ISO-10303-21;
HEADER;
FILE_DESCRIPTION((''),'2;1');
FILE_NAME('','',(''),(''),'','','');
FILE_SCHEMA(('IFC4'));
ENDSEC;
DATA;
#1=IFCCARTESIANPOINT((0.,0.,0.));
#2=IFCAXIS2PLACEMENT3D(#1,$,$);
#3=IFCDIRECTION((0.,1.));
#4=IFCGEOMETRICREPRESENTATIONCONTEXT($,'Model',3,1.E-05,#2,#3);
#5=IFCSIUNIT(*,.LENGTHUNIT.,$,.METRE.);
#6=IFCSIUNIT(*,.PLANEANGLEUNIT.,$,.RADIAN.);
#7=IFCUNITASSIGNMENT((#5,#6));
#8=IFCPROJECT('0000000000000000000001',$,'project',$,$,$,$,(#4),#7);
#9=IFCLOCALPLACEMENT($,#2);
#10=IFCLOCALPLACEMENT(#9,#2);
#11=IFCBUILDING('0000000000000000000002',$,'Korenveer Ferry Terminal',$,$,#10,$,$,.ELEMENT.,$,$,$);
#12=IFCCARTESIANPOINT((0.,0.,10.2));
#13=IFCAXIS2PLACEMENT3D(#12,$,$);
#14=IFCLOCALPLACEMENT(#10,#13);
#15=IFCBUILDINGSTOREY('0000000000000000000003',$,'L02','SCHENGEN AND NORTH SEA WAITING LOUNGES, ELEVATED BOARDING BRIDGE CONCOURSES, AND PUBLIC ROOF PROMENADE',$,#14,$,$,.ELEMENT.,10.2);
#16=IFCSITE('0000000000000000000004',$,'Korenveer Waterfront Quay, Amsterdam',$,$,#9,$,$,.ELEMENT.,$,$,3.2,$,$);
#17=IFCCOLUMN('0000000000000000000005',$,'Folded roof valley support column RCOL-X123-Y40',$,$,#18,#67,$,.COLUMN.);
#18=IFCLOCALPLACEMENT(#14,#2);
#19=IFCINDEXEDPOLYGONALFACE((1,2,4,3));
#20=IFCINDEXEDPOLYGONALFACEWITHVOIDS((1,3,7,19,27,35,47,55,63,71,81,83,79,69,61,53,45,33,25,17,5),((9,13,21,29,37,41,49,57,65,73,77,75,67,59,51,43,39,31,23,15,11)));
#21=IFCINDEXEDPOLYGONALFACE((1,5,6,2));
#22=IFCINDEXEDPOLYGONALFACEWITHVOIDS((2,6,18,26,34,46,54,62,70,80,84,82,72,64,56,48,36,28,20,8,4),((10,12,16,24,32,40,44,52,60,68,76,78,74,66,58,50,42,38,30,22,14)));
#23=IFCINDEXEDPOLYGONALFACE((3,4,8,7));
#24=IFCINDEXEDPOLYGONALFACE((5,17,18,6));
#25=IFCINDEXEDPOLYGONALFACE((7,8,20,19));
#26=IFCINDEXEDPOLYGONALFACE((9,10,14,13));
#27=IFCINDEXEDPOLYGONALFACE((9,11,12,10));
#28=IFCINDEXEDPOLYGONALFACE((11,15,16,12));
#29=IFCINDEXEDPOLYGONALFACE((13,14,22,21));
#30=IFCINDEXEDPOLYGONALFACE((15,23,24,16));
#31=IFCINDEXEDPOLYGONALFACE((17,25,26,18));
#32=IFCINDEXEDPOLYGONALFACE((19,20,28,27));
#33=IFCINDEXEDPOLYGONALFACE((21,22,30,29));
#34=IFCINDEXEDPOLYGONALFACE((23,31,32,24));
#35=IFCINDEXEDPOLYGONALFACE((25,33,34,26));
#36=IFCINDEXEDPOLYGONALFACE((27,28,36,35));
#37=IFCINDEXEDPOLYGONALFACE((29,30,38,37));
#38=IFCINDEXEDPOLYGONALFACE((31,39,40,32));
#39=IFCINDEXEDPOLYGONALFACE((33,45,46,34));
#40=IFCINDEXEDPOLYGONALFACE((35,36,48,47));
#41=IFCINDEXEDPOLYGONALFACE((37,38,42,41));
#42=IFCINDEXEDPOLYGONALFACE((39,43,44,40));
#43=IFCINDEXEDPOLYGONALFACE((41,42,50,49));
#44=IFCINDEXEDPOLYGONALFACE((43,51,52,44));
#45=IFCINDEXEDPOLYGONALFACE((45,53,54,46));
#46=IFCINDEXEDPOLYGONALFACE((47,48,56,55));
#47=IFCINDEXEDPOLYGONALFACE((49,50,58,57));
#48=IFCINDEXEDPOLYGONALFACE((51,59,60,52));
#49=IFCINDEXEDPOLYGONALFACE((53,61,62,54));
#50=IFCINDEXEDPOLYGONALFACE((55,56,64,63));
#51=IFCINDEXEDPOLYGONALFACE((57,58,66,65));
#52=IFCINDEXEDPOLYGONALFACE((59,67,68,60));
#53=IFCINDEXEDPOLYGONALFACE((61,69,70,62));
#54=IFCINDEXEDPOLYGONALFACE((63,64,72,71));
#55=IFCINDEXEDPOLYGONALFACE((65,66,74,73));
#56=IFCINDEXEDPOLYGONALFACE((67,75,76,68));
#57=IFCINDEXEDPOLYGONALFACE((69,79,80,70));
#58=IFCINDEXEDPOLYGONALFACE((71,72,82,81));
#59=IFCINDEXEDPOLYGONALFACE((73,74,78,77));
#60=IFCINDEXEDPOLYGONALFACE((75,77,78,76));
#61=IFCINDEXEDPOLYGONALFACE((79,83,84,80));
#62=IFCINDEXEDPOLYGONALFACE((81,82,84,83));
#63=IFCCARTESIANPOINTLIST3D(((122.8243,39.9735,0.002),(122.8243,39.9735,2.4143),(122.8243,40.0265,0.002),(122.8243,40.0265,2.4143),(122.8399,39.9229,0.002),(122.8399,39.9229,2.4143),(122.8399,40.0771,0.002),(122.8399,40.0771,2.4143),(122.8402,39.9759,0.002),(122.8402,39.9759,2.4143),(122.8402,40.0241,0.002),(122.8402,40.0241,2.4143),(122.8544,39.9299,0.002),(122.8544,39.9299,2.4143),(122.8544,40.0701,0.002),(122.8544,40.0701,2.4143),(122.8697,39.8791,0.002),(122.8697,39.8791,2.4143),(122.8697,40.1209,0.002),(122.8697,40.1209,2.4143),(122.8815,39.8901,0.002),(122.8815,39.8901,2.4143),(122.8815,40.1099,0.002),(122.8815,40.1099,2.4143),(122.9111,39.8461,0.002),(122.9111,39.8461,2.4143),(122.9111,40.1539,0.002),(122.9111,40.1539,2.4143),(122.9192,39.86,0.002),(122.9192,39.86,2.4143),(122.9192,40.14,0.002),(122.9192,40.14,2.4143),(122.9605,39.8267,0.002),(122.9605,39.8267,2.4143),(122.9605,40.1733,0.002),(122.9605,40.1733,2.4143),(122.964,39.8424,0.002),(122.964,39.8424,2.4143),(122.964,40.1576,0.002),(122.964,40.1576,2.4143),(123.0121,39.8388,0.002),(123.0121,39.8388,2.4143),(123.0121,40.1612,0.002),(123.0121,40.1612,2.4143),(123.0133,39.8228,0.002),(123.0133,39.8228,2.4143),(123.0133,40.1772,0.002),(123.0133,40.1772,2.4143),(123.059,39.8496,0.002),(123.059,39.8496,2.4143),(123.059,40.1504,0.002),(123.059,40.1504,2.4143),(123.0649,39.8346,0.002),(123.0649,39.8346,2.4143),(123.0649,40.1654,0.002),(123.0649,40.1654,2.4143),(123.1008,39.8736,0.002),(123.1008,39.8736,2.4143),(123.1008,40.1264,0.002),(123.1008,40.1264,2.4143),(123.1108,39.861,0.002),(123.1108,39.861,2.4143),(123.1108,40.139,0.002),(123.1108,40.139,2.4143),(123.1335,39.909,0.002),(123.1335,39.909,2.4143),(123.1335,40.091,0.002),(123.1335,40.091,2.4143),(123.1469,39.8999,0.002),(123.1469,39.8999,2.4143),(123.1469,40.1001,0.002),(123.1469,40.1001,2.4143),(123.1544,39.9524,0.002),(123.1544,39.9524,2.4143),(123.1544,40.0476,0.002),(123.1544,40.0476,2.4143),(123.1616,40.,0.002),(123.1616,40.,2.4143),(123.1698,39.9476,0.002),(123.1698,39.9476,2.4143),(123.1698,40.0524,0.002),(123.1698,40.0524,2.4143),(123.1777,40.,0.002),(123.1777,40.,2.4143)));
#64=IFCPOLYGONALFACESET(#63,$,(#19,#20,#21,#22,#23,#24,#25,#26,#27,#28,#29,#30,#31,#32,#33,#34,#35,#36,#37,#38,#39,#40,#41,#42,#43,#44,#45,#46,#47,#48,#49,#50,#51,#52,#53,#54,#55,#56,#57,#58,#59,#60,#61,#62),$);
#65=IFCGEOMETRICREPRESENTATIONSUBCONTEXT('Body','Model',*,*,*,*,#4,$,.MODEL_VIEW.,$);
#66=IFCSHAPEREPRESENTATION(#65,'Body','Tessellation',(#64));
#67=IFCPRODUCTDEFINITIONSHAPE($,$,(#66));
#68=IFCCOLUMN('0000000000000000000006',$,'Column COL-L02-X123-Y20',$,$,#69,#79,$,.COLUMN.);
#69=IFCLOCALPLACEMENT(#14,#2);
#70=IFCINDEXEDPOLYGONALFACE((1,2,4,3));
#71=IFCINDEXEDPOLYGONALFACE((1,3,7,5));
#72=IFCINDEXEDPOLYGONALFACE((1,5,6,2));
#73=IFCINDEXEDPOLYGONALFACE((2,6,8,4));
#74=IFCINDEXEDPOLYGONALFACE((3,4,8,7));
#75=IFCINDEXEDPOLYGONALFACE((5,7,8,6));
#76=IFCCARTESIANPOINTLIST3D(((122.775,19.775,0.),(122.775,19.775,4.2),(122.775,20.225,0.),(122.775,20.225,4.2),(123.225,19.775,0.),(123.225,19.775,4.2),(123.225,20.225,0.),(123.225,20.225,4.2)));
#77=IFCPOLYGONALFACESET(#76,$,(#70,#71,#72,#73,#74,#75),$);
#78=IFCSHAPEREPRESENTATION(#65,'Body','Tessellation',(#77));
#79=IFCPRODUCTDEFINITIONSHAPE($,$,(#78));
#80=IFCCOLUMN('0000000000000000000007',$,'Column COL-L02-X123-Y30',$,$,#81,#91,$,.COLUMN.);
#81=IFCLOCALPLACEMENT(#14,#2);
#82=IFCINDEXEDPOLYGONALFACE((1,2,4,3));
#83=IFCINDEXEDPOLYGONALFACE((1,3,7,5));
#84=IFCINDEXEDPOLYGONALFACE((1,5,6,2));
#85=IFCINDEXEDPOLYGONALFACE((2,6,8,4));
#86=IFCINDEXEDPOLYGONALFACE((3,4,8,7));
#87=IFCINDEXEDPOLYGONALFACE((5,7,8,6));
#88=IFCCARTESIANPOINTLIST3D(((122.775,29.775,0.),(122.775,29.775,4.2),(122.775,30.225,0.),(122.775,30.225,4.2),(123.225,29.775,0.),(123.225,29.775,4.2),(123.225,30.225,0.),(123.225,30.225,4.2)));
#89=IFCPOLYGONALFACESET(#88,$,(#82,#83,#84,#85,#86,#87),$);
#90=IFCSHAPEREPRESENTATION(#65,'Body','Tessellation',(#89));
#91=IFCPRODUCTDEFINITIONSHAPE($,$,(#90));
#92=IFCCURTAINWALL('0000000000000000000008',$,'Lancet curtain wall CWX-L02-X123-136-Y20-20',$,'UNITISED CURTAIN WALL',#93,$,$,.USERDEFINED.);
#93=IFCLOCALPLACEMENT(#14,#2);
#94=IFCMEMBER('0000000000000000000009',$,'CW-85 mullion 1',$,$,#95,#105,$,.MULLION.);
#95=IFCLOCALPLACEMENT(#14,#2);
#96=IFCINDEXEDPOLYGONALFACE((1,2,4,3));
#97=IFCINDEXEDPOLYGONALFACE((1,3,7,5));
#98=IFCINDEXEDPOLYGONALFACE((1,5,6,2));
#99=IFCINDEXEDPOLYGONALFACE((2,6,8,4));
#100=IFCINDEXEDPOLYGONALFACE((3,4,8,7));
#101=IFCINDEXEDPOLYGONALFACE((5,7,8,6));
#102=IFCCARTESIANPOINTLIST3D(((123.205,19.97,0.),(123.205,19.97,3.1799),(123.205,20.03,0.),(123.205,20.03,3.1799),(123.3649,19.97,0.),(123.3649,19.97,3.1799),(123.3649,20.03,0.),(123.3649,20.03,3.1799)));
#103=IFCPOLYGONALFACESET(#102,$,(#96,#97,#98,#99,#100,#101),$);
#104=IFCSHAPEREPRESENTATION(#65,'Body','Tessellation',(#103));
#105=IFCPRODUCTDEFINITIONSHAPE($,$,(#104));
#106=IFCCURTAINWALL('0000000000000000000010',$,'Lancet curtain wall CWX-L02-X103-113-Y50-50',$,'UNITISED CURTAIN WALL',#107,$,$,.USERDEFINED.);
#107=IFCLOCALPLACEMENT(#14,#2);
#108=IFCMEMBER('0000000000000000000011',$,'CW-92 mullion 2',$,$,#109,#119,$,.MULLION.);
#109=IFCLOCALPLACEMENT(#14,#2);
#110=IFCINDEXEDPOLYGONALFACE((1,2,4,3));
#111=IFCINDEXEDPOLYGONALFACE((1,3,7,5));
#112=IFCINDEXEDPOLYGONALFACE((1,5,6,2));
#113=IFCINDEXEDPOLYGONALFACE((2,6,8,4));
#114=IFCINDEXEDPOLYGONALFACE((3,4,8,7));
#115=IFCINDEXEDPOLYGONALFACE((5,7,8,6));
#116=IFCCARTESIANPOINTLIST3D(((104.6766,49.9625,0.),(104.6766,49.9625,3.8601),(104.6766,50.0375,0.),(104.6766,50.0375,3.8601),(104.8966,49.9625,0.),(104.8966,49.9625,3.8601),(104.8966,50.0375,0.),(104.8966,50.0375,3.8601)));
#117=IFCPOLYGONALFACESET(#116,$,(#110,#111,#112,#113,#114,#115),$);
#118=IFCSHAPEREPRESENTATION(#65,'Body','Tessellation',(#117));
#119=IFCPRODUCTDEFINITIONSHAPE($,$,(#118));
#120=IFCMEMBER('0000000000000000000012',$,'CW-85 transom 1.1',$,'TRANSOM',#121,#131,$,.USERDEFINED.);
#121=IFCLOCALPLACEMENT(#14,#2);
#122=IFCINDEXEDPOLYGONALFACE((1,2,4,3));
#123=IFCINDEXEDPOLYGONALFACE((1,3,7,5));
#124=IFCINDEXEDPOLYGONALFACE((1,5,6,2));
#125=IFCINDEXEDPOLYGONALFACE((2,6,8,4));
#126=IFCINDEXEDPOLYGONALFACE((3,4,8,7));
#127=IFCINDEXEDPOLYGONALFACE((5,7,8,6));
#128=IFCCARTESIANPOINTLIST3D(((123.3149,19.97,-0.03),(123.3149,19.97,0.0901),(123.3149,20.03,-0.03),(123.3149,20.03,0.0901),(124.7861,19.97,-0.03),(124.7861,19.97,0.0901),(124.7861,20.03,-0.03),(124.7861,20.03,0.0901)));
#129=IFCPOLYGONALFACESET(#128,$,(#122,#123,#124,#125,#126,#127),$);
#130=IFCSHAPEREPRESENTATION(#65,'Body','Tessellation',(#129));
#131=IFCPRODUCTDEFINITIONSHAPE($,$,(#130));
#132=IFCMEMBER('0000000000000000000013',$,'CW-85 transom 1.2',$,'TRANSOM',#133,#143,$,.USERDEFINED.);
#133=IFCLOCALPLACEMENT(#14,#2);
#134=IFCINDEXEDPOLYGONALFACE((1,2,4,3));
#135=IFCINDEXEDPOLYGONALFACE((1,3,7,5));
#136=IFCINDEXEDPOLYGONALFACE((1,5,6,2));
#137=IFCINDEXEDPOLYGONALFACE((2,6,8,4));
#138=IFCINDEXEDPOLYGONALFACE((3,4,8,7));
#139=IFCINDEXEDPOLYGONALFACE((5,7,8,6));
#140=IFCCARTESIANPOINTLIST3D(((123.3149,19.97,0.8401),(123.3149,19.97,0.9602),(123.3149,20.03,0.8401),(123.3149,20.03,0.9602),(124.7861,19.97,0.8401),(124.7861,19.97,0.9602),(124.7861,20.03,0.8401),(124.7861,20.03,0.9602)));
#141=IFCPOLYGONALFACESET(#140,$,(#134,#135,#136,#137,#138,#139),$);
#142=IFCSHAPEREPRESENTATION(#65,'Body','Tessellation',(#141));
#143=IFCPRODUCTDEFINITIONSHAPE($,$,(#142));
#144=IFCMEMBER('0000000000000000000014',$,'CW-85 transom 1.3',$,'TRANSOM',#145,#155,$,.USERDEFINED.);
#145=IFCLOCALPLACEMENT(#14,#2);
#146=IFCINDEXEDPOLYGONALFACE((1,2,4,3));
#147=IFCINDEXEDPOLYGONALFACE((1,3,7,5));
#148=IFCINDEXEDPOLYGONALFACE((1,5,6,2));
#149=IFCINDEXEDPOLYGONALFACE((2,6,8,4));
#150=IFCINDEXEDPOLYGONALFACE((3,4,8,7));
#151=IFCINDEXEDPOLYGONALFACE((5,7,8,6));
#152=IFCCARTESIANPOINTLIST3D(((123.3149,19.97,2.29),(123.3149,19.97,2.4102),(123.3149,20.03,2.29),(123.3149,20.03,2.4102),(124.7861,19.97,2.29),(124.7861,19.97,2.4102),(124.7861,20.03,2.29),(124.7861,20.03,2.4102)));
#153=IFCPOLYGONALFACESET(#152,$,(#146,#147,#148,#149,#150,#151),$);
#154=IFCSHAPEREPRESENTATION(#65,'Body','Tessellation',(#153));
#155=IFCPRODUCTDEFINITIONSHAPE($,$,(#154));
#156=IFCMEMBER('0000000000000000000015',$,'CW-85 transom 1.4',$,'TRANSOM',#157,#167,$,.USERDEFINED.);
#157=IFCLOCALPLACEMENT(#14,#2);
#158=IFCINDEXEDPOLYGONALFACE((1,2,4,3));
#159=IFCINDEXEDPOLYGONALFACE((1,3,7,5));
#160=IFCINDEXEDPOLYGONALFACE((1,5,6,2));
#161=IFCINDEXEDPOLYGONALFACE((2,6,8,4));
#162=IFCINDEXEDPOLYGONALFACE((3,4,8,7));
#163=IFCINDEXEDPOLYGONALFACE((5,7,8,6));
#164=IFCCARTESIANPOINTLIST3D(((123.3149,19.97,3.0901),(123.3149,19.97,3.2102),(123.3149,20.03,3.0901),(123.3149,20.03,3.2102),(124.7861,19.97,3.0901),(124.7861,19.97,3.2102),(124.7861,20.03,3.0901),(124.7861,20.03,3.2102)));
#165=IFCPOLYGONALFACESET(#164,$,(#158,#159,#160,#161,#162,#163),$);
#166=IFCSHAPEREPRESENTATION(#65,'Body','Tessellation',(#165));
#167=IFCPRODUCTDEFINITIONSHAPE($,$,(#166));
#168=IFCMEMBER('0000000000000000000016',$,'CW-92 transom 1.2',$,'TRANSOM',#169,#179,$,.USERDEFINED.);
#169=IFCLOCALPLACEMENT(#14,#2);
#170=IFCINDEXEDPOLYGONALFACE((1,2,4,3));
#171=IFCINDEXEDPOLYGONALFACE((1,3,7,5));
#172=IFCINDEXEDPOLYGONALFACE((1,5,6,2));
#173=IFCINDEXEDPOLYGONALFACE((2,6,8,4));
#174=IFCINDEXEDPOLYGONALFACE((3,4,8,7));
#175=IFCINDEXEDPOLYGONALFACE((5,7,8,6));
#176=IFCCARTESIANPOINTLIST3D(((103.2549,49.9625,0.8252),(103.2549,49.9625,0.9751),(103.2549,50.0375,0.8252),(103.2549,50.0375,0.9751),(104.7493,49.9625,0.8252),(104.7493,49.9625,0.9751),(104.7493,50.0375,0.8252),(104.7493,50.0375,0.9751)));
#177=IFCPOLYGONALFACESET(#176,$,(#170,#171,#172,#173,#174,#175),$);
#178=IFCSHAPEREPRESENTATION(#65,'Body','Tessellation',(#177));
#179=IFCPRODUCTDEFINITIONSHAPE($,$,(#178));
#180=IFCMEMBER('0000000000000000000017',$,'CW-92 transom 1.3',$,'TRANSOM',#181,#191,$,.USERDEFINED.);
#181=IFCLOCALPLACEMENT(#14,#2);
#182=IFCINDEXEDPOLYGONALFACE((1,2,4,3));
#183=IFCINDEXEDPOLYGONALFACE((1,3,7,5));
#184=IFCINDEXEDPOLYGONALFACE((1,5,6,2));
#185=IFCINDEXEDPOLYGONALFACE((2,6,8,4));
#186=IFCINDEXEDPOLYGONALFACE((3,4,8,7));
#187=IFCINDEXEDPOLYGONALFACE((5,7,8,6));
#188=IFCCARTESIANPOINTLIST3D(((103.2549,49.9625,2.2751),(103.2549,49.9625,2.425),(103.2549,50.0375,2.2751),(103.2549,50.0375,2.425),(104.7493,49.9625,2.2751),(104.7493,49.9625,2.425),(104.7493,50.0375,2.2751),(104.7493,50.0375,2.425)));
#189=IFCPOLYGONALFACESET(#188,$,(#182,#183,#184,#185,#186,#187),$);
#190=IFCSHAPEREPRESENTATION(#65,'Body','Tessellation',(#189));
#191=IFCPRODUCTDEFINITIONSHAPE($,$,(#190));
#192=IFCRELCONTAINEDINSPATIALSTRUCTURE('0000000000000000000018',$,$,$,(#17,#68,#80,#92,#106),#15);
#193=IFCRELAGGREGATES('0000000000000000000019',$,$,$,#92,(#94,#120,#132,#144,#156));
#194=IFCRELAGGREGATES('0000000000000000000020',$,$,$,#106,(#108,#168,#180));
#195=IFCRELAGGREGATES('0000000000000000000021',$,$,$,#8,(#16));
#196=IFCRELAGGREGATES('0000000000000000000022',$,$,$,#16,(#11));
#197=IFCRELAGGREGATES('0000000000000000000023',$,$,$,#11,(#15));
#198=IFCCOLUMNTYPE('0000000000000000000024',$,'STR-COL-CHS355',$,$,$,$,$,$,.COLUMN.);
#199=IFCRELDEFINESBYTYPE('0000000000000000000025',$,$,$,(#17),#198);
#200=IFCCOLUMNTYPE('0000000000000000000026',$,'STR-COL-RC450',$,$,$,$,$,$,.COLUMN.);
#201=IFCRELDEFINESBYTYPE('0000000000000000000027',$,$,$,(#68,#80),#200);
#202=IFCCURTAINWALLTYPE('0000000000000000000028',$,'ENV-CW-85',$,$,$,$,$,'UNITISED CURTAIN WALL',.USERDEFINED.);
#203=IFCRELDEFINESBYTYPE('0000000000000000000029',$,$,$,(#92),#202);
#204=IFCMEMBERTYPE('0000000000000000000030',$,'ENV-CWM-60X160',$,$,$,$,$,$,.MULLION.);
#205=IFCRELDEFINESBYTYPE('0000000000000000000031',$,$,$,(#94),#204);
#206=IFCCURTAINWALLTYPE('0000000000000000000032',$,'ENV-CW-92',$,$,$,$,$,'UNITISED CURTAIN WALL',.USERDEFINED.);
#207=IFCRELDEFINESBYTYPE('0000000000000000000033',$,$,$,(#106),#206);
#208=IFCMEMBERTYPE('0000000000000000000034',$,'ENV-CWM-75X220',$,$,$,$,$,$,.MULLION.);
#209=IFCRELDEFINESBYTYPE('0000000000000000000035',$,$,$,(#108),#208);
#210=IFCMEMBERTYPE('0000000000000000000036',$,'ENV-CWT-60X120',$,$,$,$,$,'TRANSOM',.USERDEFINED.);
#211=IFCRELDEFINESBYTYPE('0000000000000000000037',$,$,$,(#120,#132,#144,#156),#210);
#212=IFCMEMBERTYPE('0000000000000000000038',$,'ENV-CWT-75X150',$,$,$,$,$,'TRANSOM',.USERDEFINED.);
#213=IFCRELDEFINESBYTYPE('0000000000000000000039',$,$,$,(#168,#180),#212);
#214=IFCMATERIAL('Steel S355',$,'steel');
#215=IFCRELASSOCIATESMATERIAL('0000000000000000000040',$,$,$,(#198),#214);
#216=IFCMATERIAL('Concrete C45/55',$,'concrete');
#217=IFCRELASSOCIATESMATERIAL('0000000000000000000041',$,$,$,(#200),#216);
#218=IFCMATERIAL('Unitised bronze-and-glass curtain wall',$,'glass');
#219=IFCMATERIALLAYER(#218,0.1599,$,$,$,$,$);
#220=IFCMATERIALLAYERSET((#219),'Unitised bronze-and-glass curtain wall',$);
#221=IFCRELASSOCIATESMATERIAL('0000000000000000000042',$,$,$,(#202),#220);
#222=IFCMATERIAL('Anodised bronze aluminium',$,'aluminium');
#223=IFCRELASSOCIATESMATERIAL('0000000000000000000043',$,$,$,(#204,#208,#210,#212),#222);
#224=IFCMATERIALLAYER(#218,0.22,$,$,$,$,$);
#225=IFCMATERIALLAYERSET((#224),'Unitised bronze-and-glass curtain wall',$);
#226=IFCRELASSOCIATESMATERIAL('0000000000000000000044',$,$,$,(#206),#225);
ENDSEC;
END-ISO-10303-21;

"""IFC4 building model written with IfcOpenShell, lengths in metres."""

from ifc_helpers import new_model, si_unit, direction, frame, origin, origin_2d, place, context, subcontext, project, spatial, rectangle, hollow_circle, extrude, material, layer, layer_set, material_profile, profile_set, type_object, element, aggregate, save


model = new_model("IFC4")

# Units and contexts
model_context = context("Model", 3, precision=1e-05, world=origin(), true_north=direction((0.0, 1.0)))
body_context = subcontext(model_context, "Body", "Model", "MODEL_VIEW")
ifc_project = project(units=[si_unit("LENGTHUNIT", "METRE"), si_unit("PLANEANGLEUNIT", "RADIAN")], contexts=[model_context])

# Site, building, storey
site_placement = place(None, origin())
site = spatial("IfcSite", under=ifc_project, at=site_placement, Name="Korenveer Waterfront Quay, Amsterdam", CompositionType="ELEMENT", RefElevation=3.2)
building_placement = place(site_placement, origin())
building = spatial("IfcBuilding", under=site, at=building_placement, Name="Korenveer Ferry Terminal", CompositionType="ELEMENT")
storey_placement = place(building_placement, frame((0.0, 0.0, 10.2)))
storey = spatial("IfcBuildingStorey", under=building, at=storey_placement, Name="L02", Description="SCHENGEN AND NORTH SEA WAITING LOUNGES, ELEVATED BOARDING BRIDGE CONCOURSES, AND PUBLIC ROOF PROMENADE", CompositionType="ELEMENT", Elevation=10.2)

# Columns
ifc_material_1 = material(Name="Steel S355", Category="steel")
ifc_material_profile_1 = material_profile(ifc_material_1, hollow_circle(Radius=0.1777, WallThickness=0.0161, at=origin_2d()), Name="CHS 355.6x16")
ifc_profile_set_1 = profile_set([ifc_material_profile_1], Name="Steel S355")
column_type_1 = type_object("IfcColumnType", Name="STR-COL-CHS355", PredefinedType="COLUMN", material=ifc_profile_set_1)
for number, where, z_axis, x_axis, name in (
    (1, (123.0, 40.0, 0.002), (0.0, 0.0, 1.0), (1.0, 0.0, 0.0), "Folded roof valley support column RCOL-X123-Y40"),
):
    element("IfcColumn", number, at=place(storey_placement, frame(where, z_axis=z_axis, x_axis=x_axis)), inside=storey, type_object=column_type_1, Name=name, PredefinedType="COLUMN", context=body_context, shape_type="SweptSolid", body=[
        extrude(hollow_circle(Radius=0.1777, WallThickness=0.0161, at=origin_2d()), origin(), (0.0, 0.0, 1.0), 2.4124),
    ])
ifc_material_2 = material(Name="Concrete C45/55", Category="concrete")
ifc_material_profile_2 = material_profile(ifc_material_2, rectangle(XDim=0.45, YDim=0.45, at=origin_2d()), Name="RC 450x450")
ifc_profile_set_2 = profile_set([ifc_material_profile_2], Name="Concrete C45/55")
column_type_2 = type_object("IfcColumnType", Name="STR-COL-RC450", PredefinedType="COLUMN", material=ifc_profile_set_2)
for number, where, z_axis, x_axis, name in (
    (2, (123.0, 20.0, 0.0), (0.0, 0.0, 1.0), (1.0, 0.0, 0.0), "Column COL-L02-X123-Y20"),
    (3, (123.0, 30.0, 0.0), (0.0, 0.0, 1.0), (1.0, 0.0, 0.0), "Column COL-L02-X123-Y30"),
):
    element("IfcColumn", number, at=place(storey_placement, frame(where, z_axis=z_axis, x_axis=x_axis)), inside=storey, type_object=column_type_2, Name=name, PredefinedType="COLUMN", context=body_context, shape_type="SweptSolid", body=[
        extrude(rectangle(XDim=0.45, YDim=0.45, at=origin_2d()), origin(), (0.0, 0.0, 1.0), 4.2),
    ])

# Curtain walls, members
ifc_material_3 = material(Name="Unitised bronze-and-glass curtain wall", Category="glass")
ifc_layer_1 = layer(ifc_material_3, 0.1599)
ifc_layer_set_1 = layer_set([ifc_layer_1], Name="Unitised bronze-and-glass curtain wall")
curtain_wall_type_1 = type_object("IfcCurtainWallType", Name="ENV-CW-85", ElementType="UNITISED CURTAIN WALL", PredefinedType="USERDEFINED", material=ifc_layer_set_1)
curtain_wall_1_placement = place(storey_placement, frame((123.2549, 20.0, 0.0)))
curtain_wall_1 = element("IfcCurtainWall", 4, at=curtain_wall_1_placement, inside=storey, type_object=curtain_wall_type_1, Name="Lancet curtain wall CWX-L02-X123-136-Y20-20", ObjectType="UNITISED CURTAIN WALL", PredefinedType="USERDEFINED")
ifc_material_4 = material(Name="Anodised bronze aluminium", Category="aluminium")
ifc_material_profile_3 = material_profile(ifc_material_4, rectangle(XDim=0.0601, YDim=0.1599, at=origin_2d()), Name="ALU 60x160")
ifc_profile_set_3 = profile_set([ifc_material_profile_3], Name="Anodised bronze aluminium")
member_type_1 = type_object("IfcMemberType", Name="ENV-CWM-60X160", PredefinedType="MULLION", material=ifc_profile_set_3)
member_1_placement = place(storey_placement, frame((123.2849, 20.0, 0.0), z_axis=(0.0, 0.0, 1.0), x_axis=(0.0, 1.0, 0.0)))
member_1 = element("IfcMember", 5, at=member_1_placement, type_object=member_type_1, Name="CW-85 mullion 1", PredefinedType="MULLION", context=body_context, shape_type="SweptSolid", body=[
    extrude(rectangle(XDim=0.0601, YDim=0.1599, at=origin_2d()), origin(), (0.0, 0.0, 1.0), 3.1799),
])
ifc_layer_2 = layer(ifc_material_3, 0.22)
ifc_layer_set_2 = layer_set([ifc_layer_2], Name="Unitised bronze-and-glass curtain wall")
curtain_wall_type_2 = type_object("IfcCurtainWallType", Name="ENV-CW-92", ElementType="UNITISED CURTAIN WALL", PredefinedType="USERDEFINED", material=ifc_layer_set_2)
curtain_wall_2_placement = place(storey_placement, frame((103.1799, 50.0, 0.0)))
curtain_wall_2 = element("IfcCurtainWall", 6, at=curtain_wall_2_placement, inside=storey, type_object=curtain_wall_type_2, Name="Lancet curtain wall CWX-L02-X103-113-Y50-50", ObjectType="UNITISED CURTAIN WALL", PredefinedType="USERDEFINED")
ifc_material_profile_4 = material_profile(ifc_material_4, rectangle(XDim=0.075, YDim=0.22, at=origin_2d()), Name="ALU 75x220")
ifc_profile_set_4 = profile_set([ifc_material_profile_4], Name="Anodised bronze aluminium")
member_type_2 = type_object("IfcMemberType", Name="ENV-CWM-75X220", PredefinedType="MULLION", material=ifc_profile_set_4)
member_2_placement = place(storey_placement, frame((104.7866, 50.0, 0.0), z_axis=(0.0, 0.0, 1.0), x_axis=(0.0, 1.0, 0.0)))
member_2 = element("IfcMember", 7, at=member_2_placement, type_object=member_type_2, Name="CW-92 mullion 2", PredefinedType="MULLION", context=body_context, shape_type="SweptSolid", body=[
    extrude(rectangle(XDim=0.075, YDim=0.22, at=origin_2d()), origin(), (0.0, 0.0, 1.0), 3.8601),
])

# Members
ifc_material_profile_5 = material_profile(ifc_material_4, rectangle(XDim=0.0601, YDim=0.1201, at=origin_2d()), Name="ALU 60x120")
ifc_profile_set_5 = profile_set([ifc_material_profile_5], Name="Anodised bronze aluminium")
member_type_3 = type_object("IfcMemberType", Name="ENV-CWT-60X120", ElementType="TRANSOM", PredefinedType="USERDEFINED", material=ifc_profile_set_5)
member_3_placement = place(storey_placement, frame((123.3149, 20.0, 0.03), z_axis=(1.0, 0.0, 0.0), x_axis=(0.0, 1.0, 0.0)))
member_3 = element("IfcMember", 8, at=member_3_placement, type_object=member_type_3, Name="CW-85 transom 1.1", ObjectType="TRANSOM", PredefinedType="USERDEFINED", context=body_context, shape_type="SweptSolid", body=[
    extrude(rectangle(XDim=0.0601, YDim=0.1201, at=origin_2d()), origin(), (0.0, 0.0, 1.0), 1.4712),
])
member_4_placement = place(storey_placement, frame((123.3149, 20.0, 0.9001), z_axis=(1.0, 0.0, 0.0), x_axis=(0.0, 1.0, 0.0)))
member_4 = element("IfcMember", 9, at=member_4_placement, type_object=member_type_3, Name="CW-85 transom 1.2", ObjectType="TRANSOM", PredefinedType="USERDEFINED", context=body_context, shape_type="SweptSolid", body=[
    extrude(rectangle(XDim=0.0601, YDim=0.1201, at=origin_2d()), origin(), (0.0, 0.0, 1.0), 1.4712),
])
member_5_placement = place(storey_placement, frame((123.3149, 20.0, 2.3501), z_axis=(1.0, 0.0, 0.0), x_axis=(0.0, 1.0, 0.0)))
member_5 = element("IfcMember", 10, at=member_5_placement, type_object=member_type_3, Name="CW-85 transom 1.3", ObjectType="TRANSOM", PredefinedType="USERDEFINED", context=body_context, shape_type="SweptSolid", body=[
    extrude(rectangle(XDim=0.0601, YDim=0.1201, at=origin_2d()), origin(), (0.0, 0.0, 1.0), 1.4712),
])
member_6_placement = place(storey_placement, frame((123.3149, 20.0, 3.1501), z_axis=(1.0, 0.0, 0.0), x_axis=(0.0, 1.0, 0.0)))
member_6 = element("IfcMember", 11, at=member_6_placement, type_object=member_type_3, Name="CW-85 transom 1.4", ObjectType="TRANSOM", PredefinedType="USERDEFINED", context=body_context, shape_type="SweptSolid", body=[
    extrude(rectangle(XDim=0.0601, YDim=0.1201, at=origin_2d()), origin(), (0.0, 0.0, 1.0), 1.4712),
])
aggregate(curtain_wall_1, [member_1, member_3, member_4, member_5, member_6])
ifc_material_profile_6 = material_profile(ifc_material_4, rectangle(XDim=0.075, YDim=0.1499, at=origin_2d()), Name="ALU 75x150")
ifc_profile_set_6 = profile_set([ifc_material_profile_6], Name="Anodised bronze aluminium")
member_type_4 = type_object("IfcMemberType", Name="ENV-CWT-75X150", ElementType="TRANSOM", PredefinedType="USERDEFINED", material=ifc_profile_set_6)
member_7_placement = place(storey_placement, frame((103.2549, 50.0, 0.9001), z_axis=(1.0, 0.0, 0.0), x_axis=(0.0, 1.0, 0.0)))
member_7 = element("IfcMember", 12, at=member_7_placement, type_object=member_type_4, Name="CW-92 transom 1.2", ObjectType="TRANSOM", PredefinedType="USERDEFINED", context=body_context, shape_type="SweptSolid", body=[
    extrude(rectangle(XDim=0.075, YDim=0.1499, at=origin_2d()), origin(), (0.0, 0.0, 1.0), 1.4944),
])
member_8_placement = place(storey_placement, frame((103.2549, 50.0, 2.3501), z_axis=(1.0, 0.0, 0.0), x_axis=(0.0, 1.0, 0.0)))
member_8 = element("IfcMember", 13, at=member_8_placement, type_object=member_type_4, Name="CW-92 transom 1.3", ObjectType="TRANSOM", PredefinedType="USERDEFINED", context=body_context, shape_type="SweptSolid", body=[
    extrude(rectangle(XDim=0.075, YDim=0.1499, at=origin_2d()), origin(), (0.0, 0.0, 1.0), 1.4944),
])

aggregate(curtain_wall_2, [member_2, member_7, member_8])

save(model, "model.ifc")
